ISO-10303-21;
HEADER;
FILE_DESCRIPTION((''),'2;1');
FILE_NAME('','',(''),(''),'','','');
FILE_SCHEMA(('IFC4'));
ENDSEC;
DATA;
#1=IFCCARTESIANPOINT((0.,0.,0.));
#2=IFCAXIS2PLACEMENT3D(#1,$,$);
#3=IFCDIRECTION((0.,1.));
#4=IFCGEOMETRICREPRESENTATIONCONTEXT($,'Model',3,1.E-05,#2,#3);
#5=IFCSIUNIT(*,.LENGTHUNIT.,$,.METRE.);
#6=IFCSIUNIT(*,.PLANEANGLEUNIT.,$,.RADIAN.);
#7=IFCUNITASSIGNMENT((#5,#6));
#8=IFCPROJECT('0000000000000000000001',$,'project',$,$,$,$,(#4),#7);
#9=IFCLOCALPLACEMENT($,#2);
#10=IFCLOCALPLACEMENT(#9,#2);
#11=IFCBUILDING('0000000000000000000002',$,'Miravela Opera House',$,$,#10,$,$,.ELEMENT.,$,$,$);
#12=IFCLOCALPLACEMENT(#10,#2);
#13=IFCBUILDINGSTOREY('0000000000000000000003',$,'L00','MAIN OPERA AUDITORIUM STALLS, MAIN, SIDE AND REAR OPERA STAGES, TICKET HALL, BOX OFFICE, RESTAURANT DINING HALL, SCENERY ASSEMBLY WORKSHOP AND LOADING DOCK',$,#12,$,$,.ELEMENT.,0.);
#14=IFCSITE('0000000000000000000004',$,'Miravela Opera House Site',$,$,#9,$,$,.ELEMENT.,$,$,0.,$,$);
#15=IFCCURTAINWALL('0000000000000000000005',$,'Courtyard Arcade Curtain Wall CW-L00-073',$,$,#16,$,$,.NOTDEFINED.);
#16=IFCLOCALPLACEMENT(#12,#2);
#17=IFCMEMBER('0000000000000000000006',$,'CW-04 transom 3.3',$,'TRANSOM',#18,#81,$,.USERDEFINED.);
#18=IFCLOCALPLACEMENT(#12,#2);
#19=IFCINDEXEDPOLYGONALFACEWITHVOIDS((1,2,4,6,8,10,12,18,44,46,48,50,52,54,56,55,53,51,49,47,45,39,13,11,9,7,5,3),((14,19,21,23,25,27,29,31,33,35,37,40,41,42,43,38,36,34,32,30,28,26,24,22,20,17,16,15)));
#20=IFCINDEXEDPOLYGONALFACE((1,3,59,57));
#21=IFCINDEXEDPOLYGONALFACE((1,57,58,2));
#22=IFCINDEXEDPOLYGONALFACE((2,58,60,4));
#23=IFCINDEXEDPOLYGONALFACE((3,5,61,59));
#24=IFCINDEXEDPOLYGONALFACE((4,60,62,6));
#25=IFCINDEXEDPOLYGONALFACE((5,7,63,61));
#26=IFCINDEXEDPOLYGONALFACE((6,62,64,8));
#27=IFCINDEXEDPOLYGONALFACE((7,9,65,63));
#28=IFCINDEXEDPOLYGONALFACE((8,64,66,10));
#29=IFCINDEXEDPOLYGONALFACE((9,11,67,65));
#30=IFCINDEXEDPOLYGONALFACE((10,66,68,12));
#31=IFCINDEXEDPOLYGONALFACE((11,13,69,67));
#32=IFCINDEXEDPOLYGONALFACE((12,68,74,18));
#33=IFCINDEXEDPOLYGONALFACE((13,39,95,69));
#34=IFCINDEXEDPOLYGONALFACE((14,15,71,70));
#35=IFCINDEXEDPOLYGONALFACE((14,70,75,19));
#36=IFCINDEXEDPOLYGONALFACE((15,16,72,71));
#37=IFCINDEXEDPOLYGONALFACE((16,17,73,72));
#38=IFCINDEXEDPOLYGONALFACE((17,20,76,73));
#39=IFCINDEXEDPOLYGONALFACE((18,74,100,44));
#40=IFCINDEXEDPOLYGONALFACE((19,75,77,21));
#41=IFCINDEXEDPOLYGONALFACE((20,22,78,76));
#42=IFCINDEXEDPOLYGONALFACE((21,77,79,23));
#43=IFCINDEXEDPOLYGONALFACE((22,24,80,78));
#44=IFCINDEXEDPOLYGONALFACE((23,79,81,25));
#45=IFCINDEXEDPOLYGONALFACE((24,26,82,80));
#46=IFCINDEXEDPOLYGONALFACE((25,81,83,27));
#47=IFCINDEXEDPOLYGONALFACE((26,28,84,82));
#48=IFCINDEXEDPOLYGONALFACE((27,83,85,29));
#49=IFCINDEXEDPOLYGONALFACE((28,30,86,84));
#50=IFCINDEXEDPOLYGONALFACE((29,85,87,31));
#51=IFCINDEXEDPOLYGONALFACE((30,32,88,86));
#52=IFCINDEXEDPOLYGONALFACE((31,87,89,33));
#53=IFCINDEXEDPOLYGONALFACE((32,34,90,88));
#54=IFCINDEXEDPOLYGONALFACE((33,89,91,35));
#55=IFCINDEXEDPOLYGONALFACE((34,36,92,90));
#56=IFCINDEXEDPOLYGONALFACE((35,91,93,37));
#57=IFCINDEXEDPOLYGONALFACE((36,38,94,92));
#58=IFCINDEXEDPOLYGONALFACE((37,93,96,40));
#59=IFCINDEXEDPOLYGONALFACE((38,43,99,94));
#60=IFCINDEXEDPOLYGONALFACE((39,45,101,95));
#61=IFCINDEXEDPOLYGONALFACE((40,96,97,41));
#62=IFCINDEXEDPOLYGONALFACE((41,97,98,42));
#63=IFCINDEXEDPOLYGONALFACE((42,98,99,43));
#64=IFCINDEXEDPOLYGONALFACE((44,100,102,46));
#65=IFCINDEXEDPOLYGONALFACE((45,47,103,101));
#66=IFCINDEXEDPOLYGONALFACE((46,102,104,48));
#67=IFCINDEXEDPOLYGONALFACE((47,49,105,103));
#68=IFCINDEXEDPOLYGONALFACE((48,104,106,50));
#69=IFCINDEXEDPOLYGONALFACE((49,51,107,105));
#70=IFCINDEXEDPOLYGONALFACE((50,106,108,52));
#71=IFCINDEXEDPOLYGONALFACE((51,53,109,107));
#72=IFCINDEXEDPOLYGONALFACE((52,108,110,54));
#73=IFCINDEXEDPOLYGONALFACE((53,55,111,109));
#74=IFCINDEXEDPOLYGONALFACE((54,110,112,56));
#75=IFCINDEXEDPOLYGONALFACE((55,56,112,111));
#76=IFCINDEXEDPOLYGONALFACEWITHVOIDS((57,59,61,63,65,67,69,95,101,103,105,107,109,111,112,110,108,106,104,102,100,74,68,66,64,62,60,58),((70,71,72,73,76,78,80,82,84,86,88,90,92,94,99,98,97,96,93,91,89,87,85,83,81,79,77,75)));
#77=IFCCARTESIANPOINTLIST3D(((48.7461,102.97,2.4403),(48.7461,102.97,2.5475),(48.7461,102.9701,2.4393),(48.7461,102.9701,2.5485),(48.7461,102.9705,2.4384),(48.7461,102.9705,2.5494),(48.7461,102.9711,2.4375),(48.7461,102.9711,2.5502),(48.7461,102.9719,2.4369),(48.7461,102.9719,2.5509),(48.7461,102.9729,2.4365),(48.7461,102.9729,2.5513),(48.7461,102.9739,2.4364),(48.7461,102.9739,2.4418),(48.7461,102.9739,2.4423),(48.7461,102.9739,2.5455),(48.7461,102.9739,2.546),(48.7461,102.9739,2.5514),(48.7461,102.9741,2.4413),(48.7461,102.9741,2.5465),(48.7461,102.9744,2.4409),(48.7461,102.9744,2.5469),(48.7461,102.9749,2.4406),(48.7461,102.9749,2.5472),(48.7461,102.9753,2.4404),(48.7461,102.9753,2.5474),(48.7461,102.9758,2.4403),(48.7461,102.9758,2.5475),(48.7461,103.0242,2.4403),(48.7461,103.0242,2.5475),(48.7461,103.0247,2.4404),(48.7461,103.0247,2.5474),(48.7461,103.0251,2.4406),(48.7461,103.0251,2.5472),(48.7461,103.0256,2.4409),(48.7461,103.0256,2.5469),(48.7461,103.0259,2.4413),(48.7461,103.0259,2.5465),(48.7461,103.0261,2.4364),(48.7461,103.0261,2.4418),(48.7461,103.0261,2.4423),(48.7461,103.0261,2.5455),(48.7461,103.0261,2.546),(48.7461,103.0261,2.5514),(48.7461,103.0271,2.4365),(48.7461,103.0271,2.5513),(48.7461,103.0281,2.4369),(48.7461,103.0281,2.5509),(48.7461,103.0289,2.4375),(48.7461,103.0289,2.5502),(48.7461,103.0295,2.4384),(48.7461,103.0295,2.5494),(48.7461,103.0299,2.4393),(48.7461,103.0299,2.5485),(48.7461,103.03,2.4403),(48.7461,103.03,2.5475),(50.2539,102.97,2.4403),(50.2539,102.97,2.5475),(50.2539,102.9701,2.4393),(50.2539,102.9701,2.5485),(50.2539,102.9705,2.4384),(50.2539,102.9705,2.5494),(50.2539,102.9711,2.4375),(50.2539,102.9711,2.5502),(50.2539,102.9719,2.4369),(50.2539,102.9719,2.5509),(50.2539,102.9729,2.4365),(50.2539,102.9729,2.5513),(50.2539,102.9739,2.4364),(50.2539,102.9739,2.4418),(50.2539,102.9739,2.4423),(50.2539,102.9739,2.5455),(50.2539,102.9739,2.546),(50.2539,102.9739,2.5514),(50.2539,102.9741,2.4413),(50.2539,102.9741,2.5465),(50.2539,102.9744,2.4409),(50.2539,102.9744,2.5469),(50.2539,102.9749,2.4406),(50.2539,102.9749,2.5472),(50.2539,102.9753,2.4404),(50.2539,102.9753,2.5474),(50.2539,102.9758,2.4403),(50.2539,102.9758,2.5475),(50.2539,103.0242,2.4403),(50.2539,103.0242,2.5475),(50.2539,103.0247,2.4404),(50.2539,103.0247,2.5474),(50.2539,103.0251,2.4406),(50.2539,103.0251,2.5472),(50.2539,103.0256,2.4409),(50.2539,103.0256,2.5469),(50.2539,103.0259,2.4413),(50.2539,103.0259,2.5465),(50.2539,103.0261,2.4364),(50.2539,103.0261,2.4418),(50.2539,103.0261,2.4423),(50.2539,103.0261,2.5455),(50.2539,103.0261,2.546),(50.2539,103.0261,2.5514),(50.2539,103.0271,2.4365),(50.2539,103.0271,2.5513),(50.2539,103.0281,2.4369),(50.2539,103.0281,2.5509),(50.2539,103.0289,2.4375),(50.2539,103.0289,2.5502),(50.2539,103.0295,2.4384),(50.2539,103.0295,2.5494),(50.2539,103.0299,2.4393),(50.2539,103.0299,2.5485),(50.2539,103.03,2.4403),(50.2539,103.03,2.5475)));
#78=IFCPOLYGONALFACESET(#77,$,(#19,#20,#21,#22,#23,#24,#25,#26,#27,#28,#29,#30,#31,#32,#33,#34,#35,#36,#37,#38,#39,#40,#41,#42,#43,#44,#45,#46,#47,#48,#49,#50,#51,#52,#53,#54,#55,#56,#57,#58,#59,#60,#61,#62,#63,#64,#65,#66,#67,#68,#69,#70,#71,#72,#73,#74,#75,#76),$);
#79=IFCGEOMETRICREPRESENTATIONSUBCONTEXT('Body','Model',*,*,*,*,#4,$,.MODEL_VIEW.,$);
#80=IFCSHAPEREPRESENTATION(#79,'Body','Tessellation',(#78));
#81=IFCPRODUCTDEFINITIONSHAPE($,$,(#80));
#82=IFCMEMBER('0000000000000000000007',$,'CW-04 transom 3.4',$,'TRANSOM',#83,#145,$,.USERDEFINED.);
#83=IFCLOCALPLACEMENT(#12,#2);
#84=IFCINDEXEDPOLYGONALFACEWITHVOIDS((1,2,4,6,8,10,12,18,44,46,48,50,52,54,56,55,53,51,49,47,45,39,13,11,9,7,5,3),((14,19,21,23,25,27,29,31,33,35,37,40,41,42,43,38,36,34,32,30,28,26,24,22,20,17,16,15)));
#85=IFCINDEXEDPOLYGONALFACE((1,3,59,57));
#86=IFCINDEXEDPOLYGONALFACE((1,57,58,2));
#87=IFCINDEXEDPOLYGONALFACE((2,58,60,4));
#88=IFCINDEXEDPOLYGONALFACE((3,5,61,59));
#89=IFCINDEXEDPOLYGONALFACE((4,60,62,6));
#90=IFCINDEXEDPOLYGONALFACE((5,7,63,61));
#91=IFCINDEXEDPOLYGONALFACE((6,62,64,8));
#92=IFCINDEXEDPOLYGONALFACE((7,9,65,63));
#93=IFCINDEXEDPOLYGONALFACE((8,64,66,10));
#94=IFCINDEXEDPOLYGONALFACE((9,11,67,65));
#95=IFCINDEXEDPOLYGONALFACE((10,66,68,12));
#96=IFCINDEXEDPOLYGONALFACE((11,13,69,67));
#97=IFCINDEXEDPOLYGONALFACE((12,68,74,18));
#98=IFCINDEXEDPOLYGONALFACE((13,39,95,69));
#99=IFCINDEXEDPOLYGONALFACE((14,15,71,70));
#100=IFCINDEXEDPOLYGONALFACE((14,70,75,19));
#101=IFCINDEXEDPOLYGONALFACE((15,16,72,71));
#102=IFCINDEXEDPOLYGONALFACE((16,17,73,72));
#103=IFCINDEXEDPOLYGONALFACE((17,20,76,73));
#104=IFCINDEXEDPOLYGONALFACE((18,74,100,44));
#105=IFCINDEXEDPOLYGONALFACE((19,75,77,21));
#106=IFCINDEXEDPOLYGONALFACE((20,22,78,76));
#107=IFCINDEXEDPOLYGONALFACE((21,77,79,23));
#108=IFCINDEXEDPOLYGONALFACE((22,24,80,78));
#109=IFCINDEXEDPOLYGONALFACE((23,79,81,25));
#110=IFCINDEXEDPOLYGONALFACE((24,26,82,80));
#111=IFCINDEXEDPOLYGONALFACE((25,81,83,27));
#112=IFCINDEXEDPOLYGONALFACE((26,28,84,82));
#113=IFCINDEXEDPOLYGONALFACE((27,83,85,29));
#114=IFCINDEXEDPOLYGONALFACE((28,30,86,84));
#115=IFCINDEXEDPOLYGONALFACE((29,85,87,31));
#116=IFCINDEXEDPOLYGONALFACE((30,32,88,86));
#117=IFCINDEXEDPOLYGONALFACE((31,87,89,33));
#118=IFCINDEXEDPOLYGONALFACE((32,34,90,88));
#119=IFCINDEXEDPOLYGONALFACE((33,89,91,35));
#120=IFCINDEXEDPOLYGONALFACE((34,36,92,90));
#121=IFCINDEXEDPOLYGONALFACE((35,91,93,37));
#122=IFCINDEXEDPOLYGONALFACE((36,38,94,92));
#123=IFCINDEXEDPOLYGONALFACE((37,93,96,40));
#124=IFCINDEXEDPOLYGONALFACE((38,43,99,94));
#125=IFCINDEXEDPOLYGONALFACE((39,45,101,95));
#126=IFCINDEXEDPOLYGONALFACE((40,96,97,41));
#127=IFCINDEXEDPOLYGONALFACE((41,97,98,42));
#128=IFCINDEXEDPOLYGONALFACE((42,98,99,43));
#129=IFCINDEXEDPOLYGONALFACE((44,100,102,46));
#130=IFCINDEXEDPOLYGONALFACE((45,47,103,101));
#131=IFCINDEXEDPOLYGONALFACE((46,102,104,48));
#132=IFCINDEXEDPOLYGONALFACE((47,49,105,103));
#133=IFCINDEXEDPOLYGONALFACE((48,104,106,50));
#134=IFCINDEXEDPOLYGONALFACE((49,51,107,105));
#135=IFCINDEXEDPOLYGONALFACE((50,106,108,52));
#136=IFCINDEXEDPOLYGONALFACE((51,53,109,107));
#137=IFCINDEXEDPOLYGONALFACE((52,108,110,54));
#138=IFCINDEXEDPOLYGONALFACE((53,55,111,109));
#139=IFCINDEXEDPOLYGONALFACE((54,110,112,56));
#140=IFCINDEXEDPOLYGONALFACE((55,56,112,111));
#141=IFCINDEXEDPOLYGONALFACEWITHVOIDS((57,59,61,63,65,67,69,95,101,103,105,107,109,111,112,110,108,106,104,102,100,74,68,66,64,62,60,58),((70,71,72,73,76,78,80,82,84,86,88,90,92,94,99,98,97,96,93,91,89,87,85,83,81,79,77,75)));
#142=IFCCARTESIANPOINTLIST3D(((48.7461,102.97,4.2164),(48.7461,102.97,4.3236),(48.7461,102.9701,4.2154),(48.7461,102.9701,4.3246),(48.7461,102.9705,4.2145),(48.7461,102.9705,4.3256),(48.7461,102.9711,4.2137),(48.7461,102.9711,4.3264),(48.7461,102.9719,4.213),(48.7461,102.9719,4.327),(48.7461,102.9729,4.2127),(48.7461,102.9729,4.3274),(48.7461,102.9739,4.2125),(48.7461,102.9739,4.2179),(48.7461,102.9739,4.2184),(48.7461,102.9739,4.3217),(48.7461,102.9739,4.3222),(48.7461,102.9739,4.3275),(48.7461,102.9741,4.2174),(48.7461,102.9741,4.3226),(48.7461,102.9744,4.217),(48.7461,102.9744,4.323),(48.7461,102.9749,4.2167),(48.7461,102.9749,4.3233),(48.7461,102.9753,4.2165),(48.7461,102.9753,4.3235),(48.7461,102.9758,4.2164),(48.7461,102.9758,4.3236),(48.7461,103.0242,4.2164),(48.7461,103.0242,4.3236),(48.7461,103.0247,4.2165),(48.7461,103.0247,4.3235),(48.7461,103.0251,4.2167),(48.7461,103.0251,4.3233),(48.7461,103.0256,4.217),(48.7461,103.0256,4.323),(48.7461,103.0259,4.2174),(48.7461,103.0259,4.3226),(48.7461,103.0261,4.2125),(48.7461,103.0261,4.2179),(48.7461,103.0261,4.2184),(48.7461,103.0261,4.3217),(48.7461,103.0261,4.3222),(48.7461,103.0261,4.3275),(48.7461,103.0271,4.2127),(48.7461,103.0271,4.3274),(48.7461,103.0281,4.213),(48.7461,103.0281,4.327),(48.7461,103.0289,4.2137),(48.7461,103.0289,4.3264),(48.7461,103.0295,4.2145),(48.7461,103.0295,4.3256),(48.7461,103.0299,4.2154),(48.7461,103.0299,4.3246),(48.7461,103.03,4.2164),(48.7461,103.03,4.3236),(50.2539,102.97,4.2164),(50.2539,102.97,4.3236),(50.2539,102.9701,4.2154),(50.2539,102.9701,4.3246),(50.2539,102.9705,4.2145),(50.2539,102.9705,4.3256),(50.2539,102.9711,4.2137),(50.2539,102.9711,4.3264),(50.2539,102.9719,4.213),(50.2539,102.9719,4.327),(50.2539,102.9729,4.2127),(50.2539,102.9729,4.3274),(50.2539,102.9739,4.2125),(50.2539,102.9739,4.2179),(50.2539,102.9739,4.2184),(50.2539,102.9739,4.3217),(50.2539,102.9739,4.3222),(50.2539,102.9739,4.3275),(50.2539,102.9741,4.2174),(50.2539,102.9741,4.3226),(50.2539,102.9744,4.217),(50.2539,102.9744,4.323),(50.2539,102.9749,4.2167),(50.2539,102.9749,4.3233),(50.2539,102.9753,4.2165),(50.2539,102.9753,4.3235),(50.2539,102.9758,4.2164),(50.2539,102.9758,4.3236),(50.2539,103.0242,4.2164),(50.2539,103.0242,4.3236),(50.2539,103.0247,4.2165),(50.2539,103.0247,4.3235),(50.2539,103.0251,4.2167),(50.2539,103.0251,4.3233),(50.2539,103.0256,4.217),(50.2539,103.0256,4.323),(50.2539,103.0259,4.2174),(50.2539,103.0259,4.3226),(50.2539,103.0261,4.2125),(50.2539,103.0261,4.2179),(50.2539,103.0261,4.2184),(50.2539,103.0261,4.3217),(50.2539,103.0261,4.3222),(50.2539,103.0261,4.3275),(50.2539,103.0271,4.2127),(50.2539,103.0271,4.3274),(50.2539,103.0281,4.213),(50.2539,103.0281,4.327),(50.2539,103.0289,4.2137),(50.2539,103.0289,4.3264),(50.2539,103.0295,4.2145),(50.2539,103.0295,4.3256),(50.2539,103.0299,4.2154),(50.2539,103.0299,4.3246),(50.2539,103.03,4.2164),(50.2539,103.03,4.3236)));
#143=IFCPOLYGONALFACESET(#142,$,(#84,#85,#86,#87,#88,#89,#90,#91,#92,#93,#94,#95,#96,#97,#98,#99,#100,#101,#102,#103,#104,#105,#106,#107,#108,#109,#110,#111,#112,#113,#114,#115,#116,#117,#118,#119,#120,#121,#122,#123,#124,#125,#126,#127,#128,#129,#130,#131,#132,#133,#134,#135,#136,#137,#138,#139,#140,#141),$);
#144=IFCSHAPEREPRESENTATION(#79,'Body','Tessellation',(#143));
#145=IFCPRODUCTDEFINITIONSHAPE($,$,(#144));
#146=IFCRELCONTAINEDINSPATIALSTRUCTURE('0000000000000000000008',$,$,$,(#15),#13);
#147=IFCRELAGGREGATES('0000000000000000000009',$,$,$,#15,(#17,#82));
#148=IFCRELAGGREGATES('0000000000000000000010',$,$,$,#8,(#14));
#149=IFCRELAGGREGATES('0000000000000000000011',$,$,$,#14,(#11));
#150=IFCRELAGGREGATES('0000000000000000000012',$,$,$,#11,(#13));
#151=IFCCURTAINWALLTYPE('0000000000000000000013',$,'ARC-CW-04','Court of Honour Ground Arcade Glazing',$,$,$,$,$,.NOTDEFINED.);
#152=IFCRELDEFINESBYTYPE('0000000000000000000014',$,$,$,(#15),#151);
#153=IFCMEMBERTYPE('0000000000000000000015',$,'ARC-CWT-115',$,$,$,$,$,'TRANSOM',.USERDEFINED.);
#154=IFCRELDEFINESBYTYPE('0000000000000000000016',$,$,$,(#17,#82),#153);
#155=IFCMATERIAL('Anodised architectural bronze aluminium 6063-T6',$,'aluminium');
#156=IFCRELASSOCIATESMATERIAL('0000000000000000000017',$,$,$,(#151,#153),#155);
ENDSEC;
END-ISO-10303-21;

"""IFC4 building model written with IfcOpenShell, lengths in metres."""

from ifc_helpers import new_model, si_unit, direction, frame, origin, origin_2d, place, context, subcontext, project, spatial, hollow_rectangle, extrude, material, material_profile, profile_set, type_object, element, aggregate, save


model = new_model("IFC4")

# Units and contexts
model_context = context("Model", 3, precision=1e-05, world=origin(), true_north=direction((0.0, 1.0)))
body_context = subcontext(model_context, "Body", "Model", "MODEL_VIEW")
ifc_project = project(units=[si_unit("LENGTHUNIT", "METRE"), si_unit("PLANEANGLEUNIT", "RADIAN")], contexts=[model_context])

# Site, building, storey
site_placement = place(None, origin())
site = spatial("IfcSite", under=ifc_project, at=site_placement, Name="Miravela Opera House Site", CompositionType="ELEMENT", RefElevation=0.0)
building_placement = place(site_placement, origin())
building = spatial("IfcBuilding", under=site, at=building_placement, Name="Miravela Opera House", CompositionType="ELEMENT")
storey_placement = place(building_placement, origin())
storey = spatial("IfcBuildingStorey", under=building, at=storey_placement, Name="L00", Description="MAIN OPERA AUDITORIUM STALLS, MAIN, SIDE AND REAR OPERA STAGES, TICKET HALL, BOX OFFICE, RESTAURANT DINING HALL, SCENERY ASSEMBLY WORKSHOP AND LOADING DOCK", CompositionType="ELEMENT", Elevation=0.0)

# Curtain wall, members
ifc_material_1 = material(Name="Anodised architectural bronze aluminium 6063-T6", Category="aluminium")
curtain_wall_type = type_object("IfcCurtainWallType", Name="ARC-CW-04", Description="Court of Honour Ground Arcade Glazing", PredefinedType="NOTDEFINED", material=ifc_material_1)
curtain_wall_placement = place(storey_placement, origin())
curtain_wall = element("IfcCurtainWall", 1, at=curtain_wall_placement, inside=storey, type_object=curtain_wall_type, Name="Courtyard Arcade Curtain Wall CW-L00-073", PredefinedType="NOTDEFINED")
ifc_material_profile_1 = material_profile(ifc_material_1, hollow_rectangle(XDim=0.0601, YDim=0.115, WallThickness=0.0039, InnerFilletRadius=0.002, OuterFilletRadius=0.0039, at=origin_2d()), Name="CWT-60X115")
ifc_profile_set_1 = profile_set([ifc_material_profile_1])
member_type_1 = type_object("IfcMemberType", Name="ARC-CWT-115", ElementType="TRANSOM", PredefinedType="USERDEFINED", material=ifc_profile_set_1)
member_1_placement = place(storey_placement, frame((48.7461, 103.0, 2.4939), z_axis=(1.0, 0.0, 0.0), x_axis=(0.0, 1.0, 0.0)))
member_1 = element("IfcMember", 2, at=member_1_placement, type_object=member_type_1, Name="CW-04 transom 3.3", ObjectType="TRANSOM", PredefinedType="USERDEFINED", context=body_context, shape_type="SweptSolid", body=[
    extrude(hollow_rectangle(XDim=0.0601, YDim=0.115, WallThickness=0.0039, InnerFilletRadius=0.002, OuterFilletRadius=0.0039, at=origin_2d()), origin(), (0.0, 0.0, 1.0), 1.5078),
])
member_2_placement = place(storey_placement, frame((48.7461, 103.0, 4.27), z_axis=(1.0, 0.0, 0.0), x_axis=(0.0, 1.0, 0.0)))
member_2 = element("IfcMember", 3, at=member_2_placement, type_object=member_type_1, Name="CW-04 transom 3.4", ObjectType="TRANSOM", PredefinedType="USERDEFINED", context=body_context, shape_type="SweptSolid", body=[
    extrude(hollow_rectangle(XDim=0.0601, YDim=0.115, WallThickness=0.0039, InnerFilletRadius=0.002, OuterFilletRadius=0.0039, at=origin_2d()), origin(), (0.0, 0.0, 1.0), 1.5078),
])
aggregate(curtain_wall, [member_1, member_2])

save(model, "model.ifc")
